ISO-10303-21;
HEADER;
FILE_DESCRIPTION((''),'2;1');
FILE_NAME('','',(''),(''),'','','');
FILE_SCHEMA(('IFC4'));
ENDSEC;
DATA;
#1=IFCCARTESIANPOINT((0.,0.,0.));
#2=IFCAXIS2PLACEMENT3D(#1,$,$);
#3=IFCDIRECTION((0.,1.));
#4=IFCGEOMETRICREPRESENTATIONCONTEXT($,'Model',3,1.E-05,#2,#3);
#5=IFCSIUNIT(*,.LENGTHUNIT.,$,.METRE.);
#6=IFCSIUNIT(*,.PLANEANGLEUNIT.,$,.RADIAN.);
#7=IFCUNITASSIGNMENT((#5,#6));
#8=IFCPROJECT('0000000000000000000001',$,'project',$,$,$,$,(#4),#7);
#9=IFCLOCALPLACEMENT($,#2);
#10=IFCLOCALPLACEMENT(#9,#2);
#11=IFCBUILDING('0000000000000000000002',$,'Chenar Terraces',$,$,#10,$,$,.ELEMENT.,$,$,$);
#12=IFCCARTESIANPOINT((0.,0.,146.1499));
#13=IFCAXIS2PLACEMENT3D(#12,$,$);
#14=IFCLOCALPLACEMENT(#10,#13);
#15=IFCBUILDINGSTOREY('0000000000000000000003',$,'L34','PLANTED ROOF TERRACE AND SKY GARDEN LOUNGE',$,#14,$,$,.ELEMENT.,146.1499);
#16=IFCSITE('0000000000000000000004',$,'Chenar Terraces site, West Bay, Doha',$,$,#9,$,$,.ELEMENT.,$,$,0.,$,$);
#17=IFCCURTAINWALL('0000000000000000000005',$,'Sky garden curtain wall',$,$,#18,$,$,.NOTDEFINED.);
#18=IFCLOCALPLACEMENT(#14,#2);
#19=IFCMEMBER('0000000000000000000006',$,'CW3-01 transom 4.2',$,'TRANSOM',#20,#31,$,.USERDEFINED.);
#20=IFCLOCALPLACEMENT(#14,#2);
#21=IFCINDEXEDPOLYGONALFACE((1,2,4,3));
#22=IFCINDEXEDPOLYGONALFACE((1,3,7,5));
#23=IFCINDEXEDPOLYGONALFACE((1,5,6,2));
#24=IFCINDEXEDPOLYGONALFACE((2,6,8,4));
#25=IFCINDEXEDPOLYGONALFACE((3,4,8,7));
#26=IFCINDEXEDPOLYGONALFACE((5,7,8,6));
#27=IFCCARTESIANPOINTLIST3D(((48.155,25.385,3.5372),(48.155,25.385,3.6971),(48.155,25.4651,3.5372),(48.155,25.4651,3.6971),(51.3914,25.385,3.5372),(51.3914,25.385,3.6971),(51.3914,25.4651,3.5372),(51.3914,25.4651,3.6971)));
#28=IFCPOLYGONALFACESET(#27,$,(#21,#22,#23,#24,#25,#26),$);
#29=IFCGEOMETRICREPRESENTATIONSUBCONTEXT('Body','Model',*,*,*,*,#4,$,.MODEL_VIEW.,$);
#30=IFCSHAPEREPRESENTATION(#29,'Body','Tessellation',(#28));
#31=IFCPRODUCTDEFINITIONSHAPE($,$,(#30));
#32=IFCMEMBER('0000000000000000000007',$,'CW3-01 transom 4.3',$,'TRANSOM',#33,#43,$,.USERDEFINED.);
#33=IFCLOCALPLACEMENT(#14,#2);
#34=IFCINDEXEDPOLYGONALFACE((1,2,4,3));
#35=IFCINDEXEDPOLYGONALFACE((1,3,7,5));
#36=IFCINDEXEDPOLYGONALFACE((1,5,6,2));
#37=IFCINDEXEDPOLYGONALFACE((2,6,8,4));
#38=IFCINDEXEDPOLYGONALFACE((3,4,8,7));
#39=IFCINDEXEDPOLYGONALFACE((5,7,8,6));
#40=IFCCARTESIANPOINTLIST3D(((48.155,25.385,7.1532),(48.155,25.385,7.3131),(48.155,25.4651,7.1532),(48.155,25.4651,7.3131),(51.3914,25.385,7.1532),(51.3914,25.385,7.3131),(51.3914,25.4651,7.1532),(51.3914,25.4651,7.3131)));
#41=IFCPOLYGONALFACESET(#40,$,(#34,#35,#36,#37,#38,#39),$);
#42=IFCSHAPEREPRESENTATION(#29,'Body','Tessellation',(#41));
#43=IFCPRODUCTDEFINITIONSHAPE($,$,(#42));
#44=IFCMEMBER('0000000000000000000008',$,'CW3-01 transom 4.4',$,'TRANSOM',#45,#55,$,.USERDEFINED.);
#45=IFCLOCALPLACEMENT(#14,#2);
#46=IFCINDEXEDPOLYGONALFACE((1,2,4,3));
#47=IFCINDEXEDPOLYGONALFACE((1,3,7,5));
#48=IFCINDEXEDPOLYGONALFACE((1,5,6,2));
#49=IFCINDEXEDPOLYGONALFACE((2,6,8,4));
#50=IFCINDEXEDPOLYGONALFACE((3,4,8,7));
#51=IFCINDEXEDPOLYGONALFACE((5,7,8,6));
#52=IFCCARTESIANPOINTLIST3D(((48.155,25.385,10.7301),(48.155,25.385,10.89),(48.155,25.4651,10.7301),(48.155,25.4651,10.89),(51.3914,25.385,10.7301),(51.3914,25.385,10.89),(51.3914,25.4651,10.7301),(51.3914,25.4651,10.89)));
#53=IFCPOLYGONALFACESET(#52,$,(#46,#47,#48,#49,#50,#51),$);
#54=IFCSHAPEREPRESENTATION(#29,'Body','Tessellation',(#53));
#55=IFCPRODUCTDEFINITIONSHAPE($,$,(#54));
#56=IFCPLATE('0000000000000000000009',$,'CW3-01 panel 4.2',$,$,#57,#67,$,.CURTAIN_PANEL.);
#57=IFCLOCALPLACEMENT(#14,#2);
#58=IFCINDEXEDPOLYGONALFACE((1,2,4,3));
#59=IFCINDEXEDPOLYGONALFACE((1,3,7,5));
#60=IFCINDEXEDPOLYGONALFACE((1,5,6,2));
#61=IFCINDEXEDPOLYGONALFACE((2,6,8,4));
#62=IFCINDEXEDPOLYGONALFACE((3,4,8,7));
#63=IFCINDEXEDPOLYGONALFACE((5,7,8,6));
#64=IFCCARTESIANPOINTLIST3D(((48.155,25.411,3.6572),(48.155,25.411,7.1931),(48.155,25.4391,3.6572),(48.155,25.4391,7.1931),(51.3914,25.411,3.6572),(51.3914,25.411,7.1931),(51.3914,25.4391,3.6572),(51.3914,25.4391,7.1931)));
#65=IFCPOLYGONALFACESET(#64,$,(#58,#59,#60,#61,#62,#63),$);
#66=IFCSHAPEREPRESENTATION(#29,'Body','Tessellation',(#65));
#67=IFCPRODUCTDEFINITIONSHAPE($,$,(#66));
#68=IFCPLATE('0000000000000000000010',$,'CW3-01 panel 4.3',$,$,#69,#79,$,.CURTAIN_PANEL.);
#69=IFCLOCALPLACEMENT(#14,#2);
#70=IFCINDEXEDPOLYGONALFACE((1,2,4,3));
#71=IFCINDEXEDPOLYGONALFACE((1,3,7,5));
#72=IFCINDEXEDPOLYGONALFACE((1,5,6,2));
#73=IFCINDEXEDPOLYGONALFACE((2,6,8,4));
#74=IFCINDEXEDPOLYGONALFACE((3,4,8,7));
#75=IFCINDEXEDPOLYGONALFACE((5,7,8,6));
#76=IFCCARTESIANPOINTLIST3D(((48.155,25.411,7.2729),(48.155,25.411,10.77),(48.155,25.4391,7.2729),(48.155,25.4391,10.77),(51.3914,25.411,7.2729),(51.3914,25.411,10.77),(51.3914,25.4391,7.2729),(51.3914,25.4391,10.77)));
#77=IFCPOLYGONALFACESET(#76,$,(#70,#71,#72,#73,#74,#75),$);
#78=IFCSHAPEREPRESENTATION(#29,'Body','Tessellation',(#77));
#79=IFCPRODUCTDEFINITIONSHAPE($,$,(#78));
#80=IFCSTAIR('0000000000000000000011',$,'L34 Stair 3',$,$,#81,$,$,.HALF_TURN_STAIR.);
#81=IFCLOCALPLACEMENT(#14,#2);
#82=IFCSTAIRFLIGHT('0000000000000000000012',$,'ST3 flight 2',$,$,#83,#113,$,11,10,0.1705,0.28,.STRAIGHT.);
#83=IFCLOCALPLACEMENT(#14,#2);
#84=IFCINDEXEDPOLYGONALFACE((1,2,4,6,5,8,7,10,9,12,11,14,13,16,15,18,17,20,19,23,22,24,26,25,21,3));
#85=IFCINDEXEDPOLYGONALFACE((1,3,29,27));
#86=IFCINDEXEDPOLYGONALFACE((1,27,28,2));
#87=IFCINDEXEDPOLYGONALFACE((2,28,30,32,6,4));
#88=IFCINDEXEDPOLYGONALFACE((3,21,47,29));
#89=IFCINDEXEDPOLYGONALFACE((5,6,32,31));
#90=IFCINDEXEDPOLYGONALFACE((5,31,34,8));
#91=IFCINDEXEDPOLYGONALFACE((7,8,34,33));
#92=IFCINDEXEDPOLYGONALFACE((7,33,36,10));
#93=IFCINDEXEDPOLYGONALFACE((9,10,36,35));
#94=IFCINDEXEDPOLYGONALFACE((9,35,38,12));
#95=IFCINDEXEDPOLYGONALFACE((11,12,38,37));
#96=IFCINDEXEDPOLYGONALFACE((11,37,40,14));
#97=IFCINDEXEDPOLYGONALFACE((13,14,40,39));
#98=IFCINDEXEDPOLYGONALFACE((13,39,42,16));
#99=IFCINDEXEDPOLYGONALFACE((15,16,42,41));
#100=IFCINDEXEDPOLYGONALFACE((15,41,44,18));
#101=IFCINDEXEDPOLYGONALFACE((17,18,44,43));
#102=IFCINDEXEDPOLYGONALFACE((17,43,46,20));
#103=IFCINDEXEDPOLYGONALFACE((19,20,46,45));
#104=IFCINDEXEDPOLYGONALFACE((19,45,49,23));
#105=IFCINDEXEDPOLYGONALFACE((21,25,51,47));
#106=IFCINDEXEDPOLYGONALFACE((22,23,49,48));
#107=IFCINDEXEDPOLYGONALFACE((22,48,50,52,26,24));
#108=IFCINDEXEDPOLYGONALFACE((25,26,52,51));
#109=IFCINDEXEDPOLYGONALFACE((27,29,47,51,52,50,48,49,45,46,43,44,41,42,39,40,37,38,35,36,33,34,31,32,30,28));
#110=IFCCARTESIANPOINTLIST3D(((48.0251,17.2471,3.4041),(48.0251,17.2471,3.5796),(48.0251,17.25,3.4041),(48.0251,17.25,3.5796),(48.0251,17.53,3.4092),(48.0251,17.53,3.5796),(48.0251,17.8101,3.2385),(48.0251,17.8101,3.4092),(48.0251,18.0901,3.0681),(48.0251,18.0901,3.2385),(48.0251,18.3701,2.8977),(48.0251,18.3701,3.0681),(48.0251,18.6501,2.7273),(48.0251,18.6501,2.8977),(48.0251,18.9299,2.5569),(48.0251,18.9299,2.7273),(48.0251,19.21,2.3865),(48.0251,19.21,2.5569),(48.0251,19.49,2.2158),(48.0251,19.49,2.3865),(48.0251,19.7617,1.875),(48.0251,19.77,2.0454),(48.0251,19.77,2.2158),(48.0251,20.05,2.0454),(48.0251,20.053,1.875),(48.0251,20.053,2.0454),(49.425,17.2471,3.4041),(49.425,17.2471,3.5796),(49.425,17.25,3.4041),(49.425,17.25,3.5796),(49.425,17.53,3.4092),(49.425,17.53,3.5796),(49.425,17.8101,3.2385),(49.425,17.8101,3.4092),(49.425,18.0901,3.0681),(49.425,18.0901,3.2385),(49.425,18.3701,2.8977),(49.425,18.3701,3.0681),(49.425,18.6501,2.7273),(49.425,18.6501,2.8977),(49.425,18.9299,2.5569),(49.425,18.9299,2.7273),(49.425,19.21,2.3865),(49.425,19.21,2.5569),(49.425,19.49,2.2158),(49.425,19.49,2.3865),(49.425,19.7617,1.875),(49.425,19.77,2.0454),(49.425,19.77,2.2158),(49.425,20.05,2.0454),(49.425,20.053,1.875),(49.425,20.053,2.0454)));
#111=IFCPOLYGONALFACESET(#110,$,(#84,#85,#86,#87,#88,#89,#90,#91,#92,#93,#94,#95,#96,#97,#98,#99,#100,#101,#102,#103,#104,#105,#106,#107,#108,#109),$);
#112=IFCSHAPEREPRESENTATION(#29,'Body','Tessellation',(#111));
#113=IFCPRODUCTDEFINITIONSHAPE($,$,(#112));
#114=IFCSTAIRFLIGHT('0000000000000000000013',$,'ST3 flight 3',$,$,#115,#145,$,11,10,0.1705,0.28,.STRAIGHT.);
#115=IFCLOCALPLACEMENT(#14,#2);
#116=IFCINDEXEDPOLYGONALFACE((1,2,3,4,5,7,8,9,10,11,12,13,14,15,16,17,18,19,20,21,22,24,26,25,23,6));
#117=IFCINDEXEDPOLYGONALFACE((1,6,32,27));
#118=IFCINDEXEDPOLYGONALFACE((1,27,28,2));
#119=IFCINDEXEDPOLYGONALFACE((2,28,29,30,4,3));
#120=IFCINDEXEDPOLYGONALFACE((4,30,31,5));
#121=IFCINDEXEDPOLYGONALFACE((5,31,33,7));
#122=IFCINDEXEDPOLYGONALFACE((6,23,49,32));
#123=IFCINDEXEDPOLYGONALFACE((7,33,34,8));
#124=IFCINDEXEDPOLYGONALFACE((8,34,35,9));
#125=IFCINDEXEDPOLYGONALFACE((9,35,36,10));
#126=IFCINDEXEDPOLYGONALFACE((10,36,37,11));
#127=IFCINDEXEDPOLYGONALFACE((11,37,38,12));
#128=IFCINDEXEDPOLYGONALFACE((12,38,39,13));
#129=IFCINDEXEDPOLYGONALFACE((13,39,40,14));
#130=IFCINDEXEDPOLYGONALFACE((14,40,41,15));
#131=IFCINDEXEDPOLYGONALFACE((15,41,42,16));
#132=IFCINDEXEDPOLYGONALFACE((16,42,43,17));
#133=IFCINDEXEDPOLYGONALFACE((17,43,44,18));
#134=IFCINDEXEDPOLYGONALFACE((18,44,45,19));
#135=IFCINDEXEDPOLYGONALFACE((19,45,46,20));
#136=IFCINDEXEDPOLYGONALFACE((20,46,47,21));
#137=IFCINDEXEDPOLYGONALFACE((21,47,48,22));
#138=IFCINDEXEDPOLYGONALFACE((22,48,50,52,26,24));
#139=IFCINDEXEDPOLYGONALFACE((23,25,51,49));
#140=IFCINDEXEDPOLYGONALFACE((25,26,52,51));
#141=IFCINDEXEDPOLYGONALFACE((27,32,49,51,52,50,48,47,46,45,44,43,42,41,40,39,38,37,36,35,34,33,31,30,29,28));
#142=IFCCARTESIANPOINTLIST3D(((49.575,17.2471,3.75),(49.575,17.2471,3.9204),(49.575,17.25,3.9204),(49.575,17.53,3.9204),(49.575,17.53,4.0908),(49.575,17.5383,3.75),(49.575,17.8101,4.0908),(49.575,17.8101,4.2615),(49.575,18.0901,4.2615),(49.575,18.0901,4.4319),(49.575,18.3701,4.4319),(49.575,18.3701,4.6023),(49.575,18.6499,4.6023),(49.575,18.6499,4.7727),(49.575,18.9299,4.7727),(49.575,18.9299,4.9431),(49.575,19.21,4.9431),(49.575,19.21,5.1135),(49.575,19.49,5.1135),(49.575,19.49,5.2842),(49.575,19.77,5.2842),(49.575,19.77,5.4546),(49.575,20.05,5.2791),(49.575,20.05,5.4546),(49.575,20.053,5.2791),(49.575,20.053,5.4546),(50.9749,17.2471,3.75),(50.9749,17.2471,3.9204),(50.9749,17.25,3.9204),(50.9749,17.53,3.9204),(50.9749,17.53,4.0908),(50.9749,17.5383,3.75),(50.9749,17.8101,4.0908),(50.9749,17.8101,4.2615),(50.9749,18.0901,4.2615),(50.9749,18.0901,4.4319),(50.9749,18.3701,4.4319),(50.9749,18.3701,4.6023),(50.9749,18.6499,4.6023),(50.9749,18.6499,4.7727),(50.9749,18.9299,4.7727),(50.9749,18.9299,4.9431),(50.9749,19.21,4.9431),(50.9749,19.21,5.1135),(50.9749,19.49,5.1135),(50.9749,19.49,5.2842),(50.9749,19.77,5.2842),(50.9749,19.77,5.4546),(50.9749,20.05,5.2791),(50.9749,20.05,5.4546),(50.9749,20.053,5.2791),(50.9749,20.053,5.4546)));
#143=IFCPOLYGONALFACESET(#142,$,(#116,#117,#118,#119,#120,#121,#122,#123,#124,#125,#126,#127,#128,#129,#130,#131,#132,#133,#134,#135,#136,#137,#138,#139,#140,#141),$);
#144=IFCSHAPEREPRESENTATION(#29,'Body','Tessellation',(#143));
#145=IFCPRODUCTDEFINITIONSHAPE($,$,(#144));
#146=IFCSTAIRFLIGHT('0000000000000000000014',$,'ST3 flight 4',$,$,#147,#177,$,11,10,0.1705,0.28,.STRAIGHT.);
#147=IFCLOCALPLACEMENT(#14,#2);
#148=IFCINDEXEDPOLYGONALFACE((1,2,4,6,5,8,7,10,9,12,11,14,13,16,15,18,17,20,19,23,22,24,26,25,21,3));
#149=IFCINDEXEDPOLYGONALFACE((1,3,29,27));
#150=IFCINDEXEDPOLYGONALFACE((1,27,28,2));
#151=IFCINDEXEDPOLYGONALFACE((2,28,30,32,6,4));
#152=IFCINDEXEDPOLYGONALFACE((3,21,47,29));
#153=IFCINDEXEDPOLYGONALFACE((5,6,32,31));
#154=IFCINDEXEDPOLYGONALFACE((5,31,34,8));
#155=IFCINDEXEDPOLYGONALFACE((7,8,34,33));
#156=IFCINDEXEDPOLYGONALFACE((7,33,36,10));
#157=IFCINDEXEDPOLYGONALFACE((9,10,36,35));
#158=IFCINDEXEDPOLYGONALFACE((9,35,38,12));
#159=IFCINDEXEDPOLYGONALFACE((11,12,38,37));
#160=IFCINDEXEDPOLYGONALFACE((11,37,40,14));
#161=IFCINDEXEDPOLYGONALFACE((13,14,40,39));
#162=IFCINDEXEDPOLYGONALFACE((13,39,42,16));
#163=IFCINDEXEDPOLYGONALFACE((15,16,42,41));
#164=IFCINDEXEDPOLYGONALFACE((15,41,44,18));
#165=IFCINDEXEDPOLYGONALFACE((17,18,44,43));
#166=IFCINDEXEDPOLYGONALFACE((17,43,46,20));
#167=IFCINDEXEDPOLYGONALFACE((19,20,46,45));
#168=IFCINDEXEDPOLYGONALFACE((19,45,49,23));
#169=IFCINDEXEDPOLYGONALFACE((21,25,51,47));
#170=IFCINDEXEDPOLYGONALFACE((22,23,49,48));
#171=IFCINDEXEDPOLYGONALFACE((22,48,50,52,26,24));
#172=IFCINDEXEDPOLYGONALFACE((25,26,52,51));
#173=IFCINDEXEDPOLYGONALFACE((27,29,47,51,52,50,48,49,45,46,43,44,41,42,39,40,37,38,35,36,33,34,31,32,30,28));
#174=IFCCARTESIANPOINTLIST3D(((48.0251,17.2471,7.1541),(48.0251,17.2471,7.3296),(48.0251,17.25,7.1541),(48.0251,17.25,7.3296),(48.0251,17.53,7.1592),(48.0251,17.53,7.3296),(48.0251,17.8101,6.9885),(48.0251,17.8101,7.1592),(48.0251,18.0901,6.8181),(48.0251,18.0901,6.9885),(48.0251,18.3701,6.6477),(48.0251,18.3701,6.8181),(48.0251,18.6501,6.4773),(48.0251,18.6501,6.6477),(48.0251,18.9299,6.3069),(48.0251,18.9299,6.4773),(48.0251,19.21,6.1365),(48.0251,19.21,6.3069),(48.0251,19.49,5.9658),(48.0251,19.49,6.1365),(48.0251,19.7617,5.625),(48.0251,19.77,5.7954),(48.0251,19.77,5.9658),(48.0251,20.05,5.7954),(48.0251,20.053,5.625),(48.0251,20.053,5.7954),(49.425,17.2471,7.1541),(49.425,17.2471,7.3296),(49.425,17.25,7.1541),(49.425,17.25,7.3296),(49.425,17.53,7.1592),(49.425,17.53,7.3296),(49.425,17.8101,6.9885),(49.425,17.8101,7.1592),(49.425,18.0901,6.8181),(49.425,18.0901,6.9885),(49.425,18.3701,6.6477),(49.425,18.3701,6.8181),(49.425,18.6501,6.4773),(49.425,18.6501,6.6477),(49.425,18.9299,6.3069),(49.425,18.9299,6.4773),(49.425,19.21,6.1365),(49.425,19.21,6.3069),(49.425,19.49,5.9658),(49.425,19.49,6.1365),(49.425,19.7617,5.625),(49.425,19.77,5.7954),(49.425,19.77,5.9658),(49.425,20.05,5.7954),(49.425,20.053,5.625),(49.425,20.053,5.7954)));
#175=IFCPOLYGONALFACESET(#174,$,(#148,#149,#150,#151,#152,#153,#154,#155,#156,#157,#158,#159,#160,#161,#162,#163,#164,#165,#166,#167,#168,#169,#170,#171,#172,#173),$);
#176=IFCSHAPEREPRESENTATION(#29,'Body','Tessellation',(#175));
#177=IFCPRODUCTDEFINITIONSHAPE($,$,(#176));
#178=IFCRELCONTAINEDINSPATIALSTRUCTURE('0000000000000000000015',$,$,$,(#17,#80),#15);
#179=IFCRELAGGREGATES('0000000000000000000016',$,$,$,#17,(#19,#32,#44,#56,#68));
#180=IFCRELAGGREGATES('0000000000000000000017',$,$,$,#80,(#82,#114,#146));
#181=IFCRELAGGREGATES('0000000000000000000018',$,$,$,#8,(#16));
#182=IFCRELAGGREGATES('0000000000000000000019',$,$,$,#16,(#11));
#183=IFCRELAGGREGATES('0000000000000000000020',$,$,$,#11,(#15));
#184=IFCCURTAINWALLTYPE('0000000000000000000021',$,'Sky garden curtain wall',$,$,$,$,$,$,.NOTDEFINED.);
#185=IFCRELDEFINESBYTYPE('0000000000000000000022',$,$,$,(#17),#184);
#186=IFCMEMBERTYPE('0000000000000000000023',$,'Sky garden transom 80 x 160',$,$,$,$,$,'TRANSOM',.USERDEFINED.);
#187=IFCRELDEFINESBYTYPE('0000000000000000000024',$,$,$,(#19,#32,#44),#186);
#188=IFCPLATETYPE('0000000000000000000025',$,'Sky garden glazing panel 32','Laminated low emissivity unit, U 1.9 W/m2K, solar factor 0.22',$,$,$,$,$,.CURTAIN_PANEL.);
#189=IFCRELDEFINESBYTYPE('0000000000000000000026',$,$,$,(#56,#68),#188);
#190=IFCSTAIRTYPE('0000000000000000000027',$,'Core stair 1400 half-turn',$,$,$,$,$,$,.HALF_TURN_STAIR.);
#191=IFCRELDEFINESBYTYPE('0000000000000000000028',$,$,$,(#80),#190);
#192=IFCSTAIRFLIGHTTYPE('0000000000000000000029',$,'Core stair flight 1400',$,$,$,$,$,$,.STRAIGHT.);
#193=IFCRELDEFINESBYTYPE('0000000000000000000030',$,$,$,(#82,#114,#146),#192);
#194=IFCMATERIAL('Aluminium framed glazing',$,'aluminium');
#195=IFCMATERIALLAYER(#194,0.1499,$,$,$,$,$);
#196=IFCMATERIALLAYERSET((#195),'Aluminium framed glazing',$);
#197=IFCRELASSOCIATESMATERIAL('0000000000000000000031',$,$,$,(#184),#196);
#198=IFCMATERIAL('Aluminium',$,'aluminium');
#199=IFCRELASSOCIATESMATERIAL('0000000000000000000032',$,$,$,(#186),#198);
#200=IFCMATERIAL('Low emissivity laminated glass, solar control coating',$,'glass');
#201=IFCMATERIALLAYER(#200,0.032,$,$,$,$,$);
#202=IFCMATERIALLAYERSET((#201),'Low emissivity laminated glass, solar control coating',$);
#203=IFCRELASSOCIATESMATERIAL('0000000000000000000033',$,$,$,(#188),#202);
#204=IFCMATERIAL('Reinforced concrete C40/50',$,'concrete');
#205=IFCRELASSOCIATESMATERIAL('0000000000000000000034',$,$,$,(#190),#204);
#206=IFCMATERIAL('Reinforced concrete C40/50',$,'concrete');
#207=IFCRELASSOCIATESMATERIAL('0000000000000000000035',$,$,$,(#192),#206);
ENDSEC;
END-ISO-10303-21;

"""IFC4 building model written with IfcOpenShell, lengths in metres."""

from ifc_helpers import new_model, si_unit, direction, frame, origin, origin_2d, place, context, subcontext, project, spatial, polyline, rectangle, outline, extrude, material, layer, layer_set, material_profile, profile_set, type_object, element, aggregate, save


model = new_model("IFC4")

# Units and contexts
model_context = context("Model", 3, precision=1e-05, world=origin(), true_north=direction((0.0, 1.0)))
body_context = subcontext(model_context, "Body", "Model", "MODEL_VIEW")
ifc_project = project(units=[si_unit("LENGTHUNIT", "METRE"), si_unit("PLANEANGLEUNIT", "RADIAN")], contexts=[model_context])

# Site, building, storey
site_placement = place(None, origin())
site = spatial("IfcSite", under=ifc_project, at=site_placement, Name="Chenar Terraces site, West Bay, Doha", CompositionType="ELEMENT", RefElevation=0.0)
building_placement = place(site_placement, origin())
building = spatial("IfcBuilding", under=site, at=building_placement, Name="Chenar Terraces", CompositionType="ELEMENT")
storey_placement = place(building_placement, frame((0.0, 0.0, 146.1499)))
storey = spatial("IfcBuildingStorey", under=building, at=storey_placement, Name="L34", Description="PLANTED ROOF TERRACE AND SKY GARDEN LOUNGE", CompositionType="ELEMENT", Elevation=146.1499)

# Curtain wall, members, plates
ifc_material_1 = material(Name="Aluminium framed glazing", Category="aluminium")
ifc_layer_1 = layer(ifc_material_1, 0.1499)
ifc_layer_set_1 = layer_set([ifc_layer_1], Name="Aluminium framed glazing")
curtain_wall_type = type_object("IfcCurtainWallType", Name="Sky garden curtain wall", PredefinedType="NOTDEFINED", material=ifc_layer_set_1)
placement = place(storey_placement, origin())
curtain_wall = element("IfcCurtainWall", 1, at=placement, inside=storey, type_object=curtain_wall_type, Name="Sky garden curtain wall", PredefinedType="NOTDEFINED")
ifc_material_2 = material(Name="Aluminium", Category="aluminium")
ifc_material_profile = material_profile(ifc_material_2, rectangle(XDim=0.0801, YDim=0.1599, at=origin_2d()), Name="Sky garden transom 80 x 160")
ifc_profile_set = profile_set([ifc_material_profile], Name="Aluminium")
member_type = type_object("IfcMemberType", Name="Sky garden transom 80 x 160", ElementType="TRANSOM", PredefinedType="USERDEFINED", material=ifc_profile_set)
member_1_placement = place(storey_placement, frame((51.3914, 25.425, 3.6172), z_axis=(-1.0, 0.0, 0.0), x_axis=(0.0, -1.0, 0.0)))
member_1 = element("IfcMember", 2, at=member_1_placement, type_object=member_type, Name="CW3-01 transom 4.2", ObjectType="TRANSOM", PredefinedType="USERDEFINED", context=body_context, shape_type="SweptSolid", body=[
    extrude(rectangle(XDim=0.0801, YDim=0.1599, at=origin_2d()), origin(), (0.0, 0.0, 1.0), 3.2363),
])
member_2_placement = place(storey_placement, frame((51.3914, 25.425, 7.2332), z_axis=(-1.0, 0.0, 0.0), x_axis=(0.0, -1.0, 0.0)))
member_2 = element("IfcMember", 3, at=member_2_placement, type_object=member_type, Name="CW3-01 transom 4.3", ObjectType="TRANSOM", PredefinedType="USERDEFINED", context=body_context, shape_type="SweptSolid", body=[
    extrude(rectangle(XDim=0.0801, YDim=0.1599, at=origin_2d()), origin(), (0.0, 0.0, 1.0), 3.2363),
])
member_3_placement = place(storey_placement, frame((51.3914, 25.425, 10.8101), z_axis=(-1.0, 0.0, 0.0), x_axis=(0.0, -1.0, 0.0)))
member_3 = element("IfcMember", 4, at=member_3_placement, type_object=member_type, Name="CW3-01 transom 4.4", ObjectType="TRANSOM", PredefinedType="USERDEFINED", context=body_context, shape_type="SweptSolid", body=[
    extrude(rectangle(XDim=0.0801, YDim=0.1599, at=origin_2d()), origin(), (0.0, 0.0, 1.0), 3.2363),
])
ifc_material_3 = material(Name="Low emissivity laminated glass, solar control coating", Category="glass")
ifc_layer_2 = layer(ifc_material_3, 0.032)
ifc_layer_set_2 = layer_set([ifc_layer_2], Name="Low emissivity laminated glass, solar control coating")
plate_type = type_object("IfcPlateType", Name="Sky garden glazing panel 32", Description="Laminated low emissivity unit, U 1.9 W/m2K, solar factor 0.22", PredefinedType="CURTAIN_PANEL", material=ifc_layer_set_2)
plate_1_placement = place(storey_placement, frame((49.7732, 25.425, 3.6572), z_axis=(0.0, 0.0, 1.0), x_axis=(-1.0, 0.0, 0.0)))
plate_1 = element("IfcPlate", 5, at=plate_1_placement, type_object=plate_type, Name="CW3-01 panel 4.2", PredefinedType="CURTAIN_PANEL", context=body_context, shape_type="SweptSolid", body=[
    extrude(rectangle(XDim=3.2363, YDim=0.0281, at=origin_2d()), origin(), (0.0, 0.0, 1.0), 3.5359),
])
plate_2_placement = place(storey_placement, frame((49.7732, 25.425, 7.2729), z_axis=(0.0, 0.0, 1.0), x_axis=(-1.0, 0.0, 0.0)))
plate_2 = element("IfcPlate", 6, at=plate_2_placement, type_object=plate_type, Name="CW3-01 panel 4.3", PredefinedType="CURTAIN_PANEL", context=body_context, shape_type="SweptSolid", body=[
    extrude(rectangle(XDim=3.2363, YDim=0.0281, at=origin_2d()), origin(), (0.0, 0.0, 1.0), 3.4971),
])
aggregate(curtain_wall, [member_1, member_2, member_3, plate_1, plate_2])

# Stair, stair flights
ifc_material_4 = material(Name="Reinforced concrete C40/50", Category="concrete")
stair_type = type_object("IfcStairType", Name="Core stair 1400 half-turn", PredefinedType="HALF_TURN_STAIR", material=ifc_material_4)
stair = element("IfcStair", 7, at=placement, inside=storey, type_object=stair_type, Name="L34 Stair 3", PredefinedType="HALF_TURN_STAIR")
ifc_material_5 = material(Name="Reinforced concrete C40/50", Category="concrete")
stair_flight_type = type_object("IfcStairFlightType", Name="Core stair flight 1400", PredefinedType="STRAIGHT", material=ifc_material_5)
stair_flight_1_placement = place(storey_placement, frame((48.7251, 20.05, 1.875), z_axis=(0.0, 0.0, 1.0), x_axis=(0.0, -1.0, 0.0)))
stair_flight_1 = element("IfcStairFlight", 8, at=stair_flight_1_placement, type_object=stair_flight_type, Name="ST3 flight 2", NumberOfRisers=11, NumberOfTreads=10, PredefinedType="STRAIGHT", RiserHeight=0.1705, TreadLength=0.28, context=body_context, shape_type="SweptSolid", body=[
    extrude(outline(polyline([(-0.0029, 0.0), (-0.0029, 0.1704), (0.0, 0.1704), (0.28, 0.1704), (0.28, 0.3408), (0.5601, 0.3408), (0.5601, 0.5115), (0.8401, 0.5115), (0.8401, 0.6819), (1.1201, 0.6819), (1.1201, 0.8523), (1.3999, 0.8523), (1.3999, 1.0227), (1.6799, 1.0227), (1.6799, 1.1931), (1.96, 1.1931), (1.96, 1.3635), (2.24, 1.3635), (2.24, 1.5342), (2.52, 1.5342), (2.52, 1.7046), (2.8, 1.7046), (2.803, 1.7046), (2.803, 1.5291), (2.8, 1.5291), (0.2883, 0.0), (-0.0029, 0.0)])), frame((0.0, 0.7, 0.0), z_axis=(0.0, -1.0, 0.0), x_axis=(1.0, 0.0, 0.0)), (0.0, 0.0, 1.0), 1.3999),
])
stair_flight_2_placement = place(storey_placement, frame((50.2749, 17.25, 3.75), z_axis=(0.0, 0.0, 1.0), x_axis=(0.0, 1.0, 0.0)))
stair_flight_2 = element("IfcStairFlight", 9, at=stair_flight_2_placement, type_object=stair_flight_type, Name="ST3 flight 3", NumberOfRisers=11, NumberOfTreads=10, PredefinedType="STRAIGHT", RiserHeight=0.1705, TreadLength=0.28, context=body_context, shape_type="SweptSolid", body=[
    extrude(outline(polyline([(-0.0029, 0.0), (-0.0029, 0.1704), (0.0, 0.1704), (0.28, 0.1704), (0.28, 0.3408), (0.5601, 0.3408), (0.5601, 0.5115), (0.8401, 0.5115), (0.8401, 0.6819), (1.1201, 0.6819), (1.1201, 0.8523), (1.3999, 0.8523), (1.3999, 1.0227), (1.6799, 1.0227), (1.6799, 1.1931), (1.96, 1.1931), (1.96, 1.3635), (2.24, 1.3635), (2.24, 1.5342), (2.52, 1.5342), (2.52, 1.7046), (2.8, 1.7046), (2.803, 1.7046), (2.803, 1.5291), (2.8, 1.5291), (0.2883, 0.0), (-0.0029, 0.0)])), frame((0.0, 0.7, 0.0), z_axis=(0.0, -1.0, 0.0), x_axis=(1.0, 0.0, 0.0)), (0.0, 0.0, 1.0), 1.3999),
])
stair_flight_3_placement = place(storey_placement, frame((48.7251, 20.05, 5.625), z_axis=(0.0, 0.0, 1.0), x_axis=(0.0, -1.0, 0.0)))
stair_flight_3 = element("IfcStairFlight", 10, at=stair_flight_3_placement, type_object=stair_flight_type, Name="ST3 flight 4", NumberOfRisers=11, NumberOfTreads=10, PredefinedType="STRAIGHT", RiserHeight=0.1705, TreadLength=0.28, context=body_context, shape_type="SweptSolid", body=[
    extrude(outline(polyline([(-0.0029, 0.0), (-0.0029, 0.1704), (0.0, 0.1704), (0.28, 0.1704), (0.28, 0.3408), (0.5601, 0.3408), (0.5601, 0.5115), (0.8401, 0.5115), (0.8401, 0.6819), (1.1201, 0.6819), (1.1201, 0.8523), (1.3999, 0.8523), (1.3999, 1.0227), (1.6799, 1.0227), (1.6799, 1.1931), (1.96, 1.1931), (1.96, 1.3635), (2.24, 1.3635), (2.24, 1.5342), (2.52, 1.5342), (2.52, 1.7046), (2.8, 1.7046), (2.803, 1.7046), (2.803, 1.5291), (2.8, 1.5291), (0.2883, 0.0), (-0.0029, 0.0)])), frame((0.0, 0.7, 0.0), z_axis=(0.0, -1.0, 0.0), x_axis=(1.0, 0.0, 0.0)), (0.0, 0.0, 1.0), 1.3999),
])
aggregate(stair, [stair_flight_1, stair_flight_2, stair_flight_3])

save(model, "model.ifc")
